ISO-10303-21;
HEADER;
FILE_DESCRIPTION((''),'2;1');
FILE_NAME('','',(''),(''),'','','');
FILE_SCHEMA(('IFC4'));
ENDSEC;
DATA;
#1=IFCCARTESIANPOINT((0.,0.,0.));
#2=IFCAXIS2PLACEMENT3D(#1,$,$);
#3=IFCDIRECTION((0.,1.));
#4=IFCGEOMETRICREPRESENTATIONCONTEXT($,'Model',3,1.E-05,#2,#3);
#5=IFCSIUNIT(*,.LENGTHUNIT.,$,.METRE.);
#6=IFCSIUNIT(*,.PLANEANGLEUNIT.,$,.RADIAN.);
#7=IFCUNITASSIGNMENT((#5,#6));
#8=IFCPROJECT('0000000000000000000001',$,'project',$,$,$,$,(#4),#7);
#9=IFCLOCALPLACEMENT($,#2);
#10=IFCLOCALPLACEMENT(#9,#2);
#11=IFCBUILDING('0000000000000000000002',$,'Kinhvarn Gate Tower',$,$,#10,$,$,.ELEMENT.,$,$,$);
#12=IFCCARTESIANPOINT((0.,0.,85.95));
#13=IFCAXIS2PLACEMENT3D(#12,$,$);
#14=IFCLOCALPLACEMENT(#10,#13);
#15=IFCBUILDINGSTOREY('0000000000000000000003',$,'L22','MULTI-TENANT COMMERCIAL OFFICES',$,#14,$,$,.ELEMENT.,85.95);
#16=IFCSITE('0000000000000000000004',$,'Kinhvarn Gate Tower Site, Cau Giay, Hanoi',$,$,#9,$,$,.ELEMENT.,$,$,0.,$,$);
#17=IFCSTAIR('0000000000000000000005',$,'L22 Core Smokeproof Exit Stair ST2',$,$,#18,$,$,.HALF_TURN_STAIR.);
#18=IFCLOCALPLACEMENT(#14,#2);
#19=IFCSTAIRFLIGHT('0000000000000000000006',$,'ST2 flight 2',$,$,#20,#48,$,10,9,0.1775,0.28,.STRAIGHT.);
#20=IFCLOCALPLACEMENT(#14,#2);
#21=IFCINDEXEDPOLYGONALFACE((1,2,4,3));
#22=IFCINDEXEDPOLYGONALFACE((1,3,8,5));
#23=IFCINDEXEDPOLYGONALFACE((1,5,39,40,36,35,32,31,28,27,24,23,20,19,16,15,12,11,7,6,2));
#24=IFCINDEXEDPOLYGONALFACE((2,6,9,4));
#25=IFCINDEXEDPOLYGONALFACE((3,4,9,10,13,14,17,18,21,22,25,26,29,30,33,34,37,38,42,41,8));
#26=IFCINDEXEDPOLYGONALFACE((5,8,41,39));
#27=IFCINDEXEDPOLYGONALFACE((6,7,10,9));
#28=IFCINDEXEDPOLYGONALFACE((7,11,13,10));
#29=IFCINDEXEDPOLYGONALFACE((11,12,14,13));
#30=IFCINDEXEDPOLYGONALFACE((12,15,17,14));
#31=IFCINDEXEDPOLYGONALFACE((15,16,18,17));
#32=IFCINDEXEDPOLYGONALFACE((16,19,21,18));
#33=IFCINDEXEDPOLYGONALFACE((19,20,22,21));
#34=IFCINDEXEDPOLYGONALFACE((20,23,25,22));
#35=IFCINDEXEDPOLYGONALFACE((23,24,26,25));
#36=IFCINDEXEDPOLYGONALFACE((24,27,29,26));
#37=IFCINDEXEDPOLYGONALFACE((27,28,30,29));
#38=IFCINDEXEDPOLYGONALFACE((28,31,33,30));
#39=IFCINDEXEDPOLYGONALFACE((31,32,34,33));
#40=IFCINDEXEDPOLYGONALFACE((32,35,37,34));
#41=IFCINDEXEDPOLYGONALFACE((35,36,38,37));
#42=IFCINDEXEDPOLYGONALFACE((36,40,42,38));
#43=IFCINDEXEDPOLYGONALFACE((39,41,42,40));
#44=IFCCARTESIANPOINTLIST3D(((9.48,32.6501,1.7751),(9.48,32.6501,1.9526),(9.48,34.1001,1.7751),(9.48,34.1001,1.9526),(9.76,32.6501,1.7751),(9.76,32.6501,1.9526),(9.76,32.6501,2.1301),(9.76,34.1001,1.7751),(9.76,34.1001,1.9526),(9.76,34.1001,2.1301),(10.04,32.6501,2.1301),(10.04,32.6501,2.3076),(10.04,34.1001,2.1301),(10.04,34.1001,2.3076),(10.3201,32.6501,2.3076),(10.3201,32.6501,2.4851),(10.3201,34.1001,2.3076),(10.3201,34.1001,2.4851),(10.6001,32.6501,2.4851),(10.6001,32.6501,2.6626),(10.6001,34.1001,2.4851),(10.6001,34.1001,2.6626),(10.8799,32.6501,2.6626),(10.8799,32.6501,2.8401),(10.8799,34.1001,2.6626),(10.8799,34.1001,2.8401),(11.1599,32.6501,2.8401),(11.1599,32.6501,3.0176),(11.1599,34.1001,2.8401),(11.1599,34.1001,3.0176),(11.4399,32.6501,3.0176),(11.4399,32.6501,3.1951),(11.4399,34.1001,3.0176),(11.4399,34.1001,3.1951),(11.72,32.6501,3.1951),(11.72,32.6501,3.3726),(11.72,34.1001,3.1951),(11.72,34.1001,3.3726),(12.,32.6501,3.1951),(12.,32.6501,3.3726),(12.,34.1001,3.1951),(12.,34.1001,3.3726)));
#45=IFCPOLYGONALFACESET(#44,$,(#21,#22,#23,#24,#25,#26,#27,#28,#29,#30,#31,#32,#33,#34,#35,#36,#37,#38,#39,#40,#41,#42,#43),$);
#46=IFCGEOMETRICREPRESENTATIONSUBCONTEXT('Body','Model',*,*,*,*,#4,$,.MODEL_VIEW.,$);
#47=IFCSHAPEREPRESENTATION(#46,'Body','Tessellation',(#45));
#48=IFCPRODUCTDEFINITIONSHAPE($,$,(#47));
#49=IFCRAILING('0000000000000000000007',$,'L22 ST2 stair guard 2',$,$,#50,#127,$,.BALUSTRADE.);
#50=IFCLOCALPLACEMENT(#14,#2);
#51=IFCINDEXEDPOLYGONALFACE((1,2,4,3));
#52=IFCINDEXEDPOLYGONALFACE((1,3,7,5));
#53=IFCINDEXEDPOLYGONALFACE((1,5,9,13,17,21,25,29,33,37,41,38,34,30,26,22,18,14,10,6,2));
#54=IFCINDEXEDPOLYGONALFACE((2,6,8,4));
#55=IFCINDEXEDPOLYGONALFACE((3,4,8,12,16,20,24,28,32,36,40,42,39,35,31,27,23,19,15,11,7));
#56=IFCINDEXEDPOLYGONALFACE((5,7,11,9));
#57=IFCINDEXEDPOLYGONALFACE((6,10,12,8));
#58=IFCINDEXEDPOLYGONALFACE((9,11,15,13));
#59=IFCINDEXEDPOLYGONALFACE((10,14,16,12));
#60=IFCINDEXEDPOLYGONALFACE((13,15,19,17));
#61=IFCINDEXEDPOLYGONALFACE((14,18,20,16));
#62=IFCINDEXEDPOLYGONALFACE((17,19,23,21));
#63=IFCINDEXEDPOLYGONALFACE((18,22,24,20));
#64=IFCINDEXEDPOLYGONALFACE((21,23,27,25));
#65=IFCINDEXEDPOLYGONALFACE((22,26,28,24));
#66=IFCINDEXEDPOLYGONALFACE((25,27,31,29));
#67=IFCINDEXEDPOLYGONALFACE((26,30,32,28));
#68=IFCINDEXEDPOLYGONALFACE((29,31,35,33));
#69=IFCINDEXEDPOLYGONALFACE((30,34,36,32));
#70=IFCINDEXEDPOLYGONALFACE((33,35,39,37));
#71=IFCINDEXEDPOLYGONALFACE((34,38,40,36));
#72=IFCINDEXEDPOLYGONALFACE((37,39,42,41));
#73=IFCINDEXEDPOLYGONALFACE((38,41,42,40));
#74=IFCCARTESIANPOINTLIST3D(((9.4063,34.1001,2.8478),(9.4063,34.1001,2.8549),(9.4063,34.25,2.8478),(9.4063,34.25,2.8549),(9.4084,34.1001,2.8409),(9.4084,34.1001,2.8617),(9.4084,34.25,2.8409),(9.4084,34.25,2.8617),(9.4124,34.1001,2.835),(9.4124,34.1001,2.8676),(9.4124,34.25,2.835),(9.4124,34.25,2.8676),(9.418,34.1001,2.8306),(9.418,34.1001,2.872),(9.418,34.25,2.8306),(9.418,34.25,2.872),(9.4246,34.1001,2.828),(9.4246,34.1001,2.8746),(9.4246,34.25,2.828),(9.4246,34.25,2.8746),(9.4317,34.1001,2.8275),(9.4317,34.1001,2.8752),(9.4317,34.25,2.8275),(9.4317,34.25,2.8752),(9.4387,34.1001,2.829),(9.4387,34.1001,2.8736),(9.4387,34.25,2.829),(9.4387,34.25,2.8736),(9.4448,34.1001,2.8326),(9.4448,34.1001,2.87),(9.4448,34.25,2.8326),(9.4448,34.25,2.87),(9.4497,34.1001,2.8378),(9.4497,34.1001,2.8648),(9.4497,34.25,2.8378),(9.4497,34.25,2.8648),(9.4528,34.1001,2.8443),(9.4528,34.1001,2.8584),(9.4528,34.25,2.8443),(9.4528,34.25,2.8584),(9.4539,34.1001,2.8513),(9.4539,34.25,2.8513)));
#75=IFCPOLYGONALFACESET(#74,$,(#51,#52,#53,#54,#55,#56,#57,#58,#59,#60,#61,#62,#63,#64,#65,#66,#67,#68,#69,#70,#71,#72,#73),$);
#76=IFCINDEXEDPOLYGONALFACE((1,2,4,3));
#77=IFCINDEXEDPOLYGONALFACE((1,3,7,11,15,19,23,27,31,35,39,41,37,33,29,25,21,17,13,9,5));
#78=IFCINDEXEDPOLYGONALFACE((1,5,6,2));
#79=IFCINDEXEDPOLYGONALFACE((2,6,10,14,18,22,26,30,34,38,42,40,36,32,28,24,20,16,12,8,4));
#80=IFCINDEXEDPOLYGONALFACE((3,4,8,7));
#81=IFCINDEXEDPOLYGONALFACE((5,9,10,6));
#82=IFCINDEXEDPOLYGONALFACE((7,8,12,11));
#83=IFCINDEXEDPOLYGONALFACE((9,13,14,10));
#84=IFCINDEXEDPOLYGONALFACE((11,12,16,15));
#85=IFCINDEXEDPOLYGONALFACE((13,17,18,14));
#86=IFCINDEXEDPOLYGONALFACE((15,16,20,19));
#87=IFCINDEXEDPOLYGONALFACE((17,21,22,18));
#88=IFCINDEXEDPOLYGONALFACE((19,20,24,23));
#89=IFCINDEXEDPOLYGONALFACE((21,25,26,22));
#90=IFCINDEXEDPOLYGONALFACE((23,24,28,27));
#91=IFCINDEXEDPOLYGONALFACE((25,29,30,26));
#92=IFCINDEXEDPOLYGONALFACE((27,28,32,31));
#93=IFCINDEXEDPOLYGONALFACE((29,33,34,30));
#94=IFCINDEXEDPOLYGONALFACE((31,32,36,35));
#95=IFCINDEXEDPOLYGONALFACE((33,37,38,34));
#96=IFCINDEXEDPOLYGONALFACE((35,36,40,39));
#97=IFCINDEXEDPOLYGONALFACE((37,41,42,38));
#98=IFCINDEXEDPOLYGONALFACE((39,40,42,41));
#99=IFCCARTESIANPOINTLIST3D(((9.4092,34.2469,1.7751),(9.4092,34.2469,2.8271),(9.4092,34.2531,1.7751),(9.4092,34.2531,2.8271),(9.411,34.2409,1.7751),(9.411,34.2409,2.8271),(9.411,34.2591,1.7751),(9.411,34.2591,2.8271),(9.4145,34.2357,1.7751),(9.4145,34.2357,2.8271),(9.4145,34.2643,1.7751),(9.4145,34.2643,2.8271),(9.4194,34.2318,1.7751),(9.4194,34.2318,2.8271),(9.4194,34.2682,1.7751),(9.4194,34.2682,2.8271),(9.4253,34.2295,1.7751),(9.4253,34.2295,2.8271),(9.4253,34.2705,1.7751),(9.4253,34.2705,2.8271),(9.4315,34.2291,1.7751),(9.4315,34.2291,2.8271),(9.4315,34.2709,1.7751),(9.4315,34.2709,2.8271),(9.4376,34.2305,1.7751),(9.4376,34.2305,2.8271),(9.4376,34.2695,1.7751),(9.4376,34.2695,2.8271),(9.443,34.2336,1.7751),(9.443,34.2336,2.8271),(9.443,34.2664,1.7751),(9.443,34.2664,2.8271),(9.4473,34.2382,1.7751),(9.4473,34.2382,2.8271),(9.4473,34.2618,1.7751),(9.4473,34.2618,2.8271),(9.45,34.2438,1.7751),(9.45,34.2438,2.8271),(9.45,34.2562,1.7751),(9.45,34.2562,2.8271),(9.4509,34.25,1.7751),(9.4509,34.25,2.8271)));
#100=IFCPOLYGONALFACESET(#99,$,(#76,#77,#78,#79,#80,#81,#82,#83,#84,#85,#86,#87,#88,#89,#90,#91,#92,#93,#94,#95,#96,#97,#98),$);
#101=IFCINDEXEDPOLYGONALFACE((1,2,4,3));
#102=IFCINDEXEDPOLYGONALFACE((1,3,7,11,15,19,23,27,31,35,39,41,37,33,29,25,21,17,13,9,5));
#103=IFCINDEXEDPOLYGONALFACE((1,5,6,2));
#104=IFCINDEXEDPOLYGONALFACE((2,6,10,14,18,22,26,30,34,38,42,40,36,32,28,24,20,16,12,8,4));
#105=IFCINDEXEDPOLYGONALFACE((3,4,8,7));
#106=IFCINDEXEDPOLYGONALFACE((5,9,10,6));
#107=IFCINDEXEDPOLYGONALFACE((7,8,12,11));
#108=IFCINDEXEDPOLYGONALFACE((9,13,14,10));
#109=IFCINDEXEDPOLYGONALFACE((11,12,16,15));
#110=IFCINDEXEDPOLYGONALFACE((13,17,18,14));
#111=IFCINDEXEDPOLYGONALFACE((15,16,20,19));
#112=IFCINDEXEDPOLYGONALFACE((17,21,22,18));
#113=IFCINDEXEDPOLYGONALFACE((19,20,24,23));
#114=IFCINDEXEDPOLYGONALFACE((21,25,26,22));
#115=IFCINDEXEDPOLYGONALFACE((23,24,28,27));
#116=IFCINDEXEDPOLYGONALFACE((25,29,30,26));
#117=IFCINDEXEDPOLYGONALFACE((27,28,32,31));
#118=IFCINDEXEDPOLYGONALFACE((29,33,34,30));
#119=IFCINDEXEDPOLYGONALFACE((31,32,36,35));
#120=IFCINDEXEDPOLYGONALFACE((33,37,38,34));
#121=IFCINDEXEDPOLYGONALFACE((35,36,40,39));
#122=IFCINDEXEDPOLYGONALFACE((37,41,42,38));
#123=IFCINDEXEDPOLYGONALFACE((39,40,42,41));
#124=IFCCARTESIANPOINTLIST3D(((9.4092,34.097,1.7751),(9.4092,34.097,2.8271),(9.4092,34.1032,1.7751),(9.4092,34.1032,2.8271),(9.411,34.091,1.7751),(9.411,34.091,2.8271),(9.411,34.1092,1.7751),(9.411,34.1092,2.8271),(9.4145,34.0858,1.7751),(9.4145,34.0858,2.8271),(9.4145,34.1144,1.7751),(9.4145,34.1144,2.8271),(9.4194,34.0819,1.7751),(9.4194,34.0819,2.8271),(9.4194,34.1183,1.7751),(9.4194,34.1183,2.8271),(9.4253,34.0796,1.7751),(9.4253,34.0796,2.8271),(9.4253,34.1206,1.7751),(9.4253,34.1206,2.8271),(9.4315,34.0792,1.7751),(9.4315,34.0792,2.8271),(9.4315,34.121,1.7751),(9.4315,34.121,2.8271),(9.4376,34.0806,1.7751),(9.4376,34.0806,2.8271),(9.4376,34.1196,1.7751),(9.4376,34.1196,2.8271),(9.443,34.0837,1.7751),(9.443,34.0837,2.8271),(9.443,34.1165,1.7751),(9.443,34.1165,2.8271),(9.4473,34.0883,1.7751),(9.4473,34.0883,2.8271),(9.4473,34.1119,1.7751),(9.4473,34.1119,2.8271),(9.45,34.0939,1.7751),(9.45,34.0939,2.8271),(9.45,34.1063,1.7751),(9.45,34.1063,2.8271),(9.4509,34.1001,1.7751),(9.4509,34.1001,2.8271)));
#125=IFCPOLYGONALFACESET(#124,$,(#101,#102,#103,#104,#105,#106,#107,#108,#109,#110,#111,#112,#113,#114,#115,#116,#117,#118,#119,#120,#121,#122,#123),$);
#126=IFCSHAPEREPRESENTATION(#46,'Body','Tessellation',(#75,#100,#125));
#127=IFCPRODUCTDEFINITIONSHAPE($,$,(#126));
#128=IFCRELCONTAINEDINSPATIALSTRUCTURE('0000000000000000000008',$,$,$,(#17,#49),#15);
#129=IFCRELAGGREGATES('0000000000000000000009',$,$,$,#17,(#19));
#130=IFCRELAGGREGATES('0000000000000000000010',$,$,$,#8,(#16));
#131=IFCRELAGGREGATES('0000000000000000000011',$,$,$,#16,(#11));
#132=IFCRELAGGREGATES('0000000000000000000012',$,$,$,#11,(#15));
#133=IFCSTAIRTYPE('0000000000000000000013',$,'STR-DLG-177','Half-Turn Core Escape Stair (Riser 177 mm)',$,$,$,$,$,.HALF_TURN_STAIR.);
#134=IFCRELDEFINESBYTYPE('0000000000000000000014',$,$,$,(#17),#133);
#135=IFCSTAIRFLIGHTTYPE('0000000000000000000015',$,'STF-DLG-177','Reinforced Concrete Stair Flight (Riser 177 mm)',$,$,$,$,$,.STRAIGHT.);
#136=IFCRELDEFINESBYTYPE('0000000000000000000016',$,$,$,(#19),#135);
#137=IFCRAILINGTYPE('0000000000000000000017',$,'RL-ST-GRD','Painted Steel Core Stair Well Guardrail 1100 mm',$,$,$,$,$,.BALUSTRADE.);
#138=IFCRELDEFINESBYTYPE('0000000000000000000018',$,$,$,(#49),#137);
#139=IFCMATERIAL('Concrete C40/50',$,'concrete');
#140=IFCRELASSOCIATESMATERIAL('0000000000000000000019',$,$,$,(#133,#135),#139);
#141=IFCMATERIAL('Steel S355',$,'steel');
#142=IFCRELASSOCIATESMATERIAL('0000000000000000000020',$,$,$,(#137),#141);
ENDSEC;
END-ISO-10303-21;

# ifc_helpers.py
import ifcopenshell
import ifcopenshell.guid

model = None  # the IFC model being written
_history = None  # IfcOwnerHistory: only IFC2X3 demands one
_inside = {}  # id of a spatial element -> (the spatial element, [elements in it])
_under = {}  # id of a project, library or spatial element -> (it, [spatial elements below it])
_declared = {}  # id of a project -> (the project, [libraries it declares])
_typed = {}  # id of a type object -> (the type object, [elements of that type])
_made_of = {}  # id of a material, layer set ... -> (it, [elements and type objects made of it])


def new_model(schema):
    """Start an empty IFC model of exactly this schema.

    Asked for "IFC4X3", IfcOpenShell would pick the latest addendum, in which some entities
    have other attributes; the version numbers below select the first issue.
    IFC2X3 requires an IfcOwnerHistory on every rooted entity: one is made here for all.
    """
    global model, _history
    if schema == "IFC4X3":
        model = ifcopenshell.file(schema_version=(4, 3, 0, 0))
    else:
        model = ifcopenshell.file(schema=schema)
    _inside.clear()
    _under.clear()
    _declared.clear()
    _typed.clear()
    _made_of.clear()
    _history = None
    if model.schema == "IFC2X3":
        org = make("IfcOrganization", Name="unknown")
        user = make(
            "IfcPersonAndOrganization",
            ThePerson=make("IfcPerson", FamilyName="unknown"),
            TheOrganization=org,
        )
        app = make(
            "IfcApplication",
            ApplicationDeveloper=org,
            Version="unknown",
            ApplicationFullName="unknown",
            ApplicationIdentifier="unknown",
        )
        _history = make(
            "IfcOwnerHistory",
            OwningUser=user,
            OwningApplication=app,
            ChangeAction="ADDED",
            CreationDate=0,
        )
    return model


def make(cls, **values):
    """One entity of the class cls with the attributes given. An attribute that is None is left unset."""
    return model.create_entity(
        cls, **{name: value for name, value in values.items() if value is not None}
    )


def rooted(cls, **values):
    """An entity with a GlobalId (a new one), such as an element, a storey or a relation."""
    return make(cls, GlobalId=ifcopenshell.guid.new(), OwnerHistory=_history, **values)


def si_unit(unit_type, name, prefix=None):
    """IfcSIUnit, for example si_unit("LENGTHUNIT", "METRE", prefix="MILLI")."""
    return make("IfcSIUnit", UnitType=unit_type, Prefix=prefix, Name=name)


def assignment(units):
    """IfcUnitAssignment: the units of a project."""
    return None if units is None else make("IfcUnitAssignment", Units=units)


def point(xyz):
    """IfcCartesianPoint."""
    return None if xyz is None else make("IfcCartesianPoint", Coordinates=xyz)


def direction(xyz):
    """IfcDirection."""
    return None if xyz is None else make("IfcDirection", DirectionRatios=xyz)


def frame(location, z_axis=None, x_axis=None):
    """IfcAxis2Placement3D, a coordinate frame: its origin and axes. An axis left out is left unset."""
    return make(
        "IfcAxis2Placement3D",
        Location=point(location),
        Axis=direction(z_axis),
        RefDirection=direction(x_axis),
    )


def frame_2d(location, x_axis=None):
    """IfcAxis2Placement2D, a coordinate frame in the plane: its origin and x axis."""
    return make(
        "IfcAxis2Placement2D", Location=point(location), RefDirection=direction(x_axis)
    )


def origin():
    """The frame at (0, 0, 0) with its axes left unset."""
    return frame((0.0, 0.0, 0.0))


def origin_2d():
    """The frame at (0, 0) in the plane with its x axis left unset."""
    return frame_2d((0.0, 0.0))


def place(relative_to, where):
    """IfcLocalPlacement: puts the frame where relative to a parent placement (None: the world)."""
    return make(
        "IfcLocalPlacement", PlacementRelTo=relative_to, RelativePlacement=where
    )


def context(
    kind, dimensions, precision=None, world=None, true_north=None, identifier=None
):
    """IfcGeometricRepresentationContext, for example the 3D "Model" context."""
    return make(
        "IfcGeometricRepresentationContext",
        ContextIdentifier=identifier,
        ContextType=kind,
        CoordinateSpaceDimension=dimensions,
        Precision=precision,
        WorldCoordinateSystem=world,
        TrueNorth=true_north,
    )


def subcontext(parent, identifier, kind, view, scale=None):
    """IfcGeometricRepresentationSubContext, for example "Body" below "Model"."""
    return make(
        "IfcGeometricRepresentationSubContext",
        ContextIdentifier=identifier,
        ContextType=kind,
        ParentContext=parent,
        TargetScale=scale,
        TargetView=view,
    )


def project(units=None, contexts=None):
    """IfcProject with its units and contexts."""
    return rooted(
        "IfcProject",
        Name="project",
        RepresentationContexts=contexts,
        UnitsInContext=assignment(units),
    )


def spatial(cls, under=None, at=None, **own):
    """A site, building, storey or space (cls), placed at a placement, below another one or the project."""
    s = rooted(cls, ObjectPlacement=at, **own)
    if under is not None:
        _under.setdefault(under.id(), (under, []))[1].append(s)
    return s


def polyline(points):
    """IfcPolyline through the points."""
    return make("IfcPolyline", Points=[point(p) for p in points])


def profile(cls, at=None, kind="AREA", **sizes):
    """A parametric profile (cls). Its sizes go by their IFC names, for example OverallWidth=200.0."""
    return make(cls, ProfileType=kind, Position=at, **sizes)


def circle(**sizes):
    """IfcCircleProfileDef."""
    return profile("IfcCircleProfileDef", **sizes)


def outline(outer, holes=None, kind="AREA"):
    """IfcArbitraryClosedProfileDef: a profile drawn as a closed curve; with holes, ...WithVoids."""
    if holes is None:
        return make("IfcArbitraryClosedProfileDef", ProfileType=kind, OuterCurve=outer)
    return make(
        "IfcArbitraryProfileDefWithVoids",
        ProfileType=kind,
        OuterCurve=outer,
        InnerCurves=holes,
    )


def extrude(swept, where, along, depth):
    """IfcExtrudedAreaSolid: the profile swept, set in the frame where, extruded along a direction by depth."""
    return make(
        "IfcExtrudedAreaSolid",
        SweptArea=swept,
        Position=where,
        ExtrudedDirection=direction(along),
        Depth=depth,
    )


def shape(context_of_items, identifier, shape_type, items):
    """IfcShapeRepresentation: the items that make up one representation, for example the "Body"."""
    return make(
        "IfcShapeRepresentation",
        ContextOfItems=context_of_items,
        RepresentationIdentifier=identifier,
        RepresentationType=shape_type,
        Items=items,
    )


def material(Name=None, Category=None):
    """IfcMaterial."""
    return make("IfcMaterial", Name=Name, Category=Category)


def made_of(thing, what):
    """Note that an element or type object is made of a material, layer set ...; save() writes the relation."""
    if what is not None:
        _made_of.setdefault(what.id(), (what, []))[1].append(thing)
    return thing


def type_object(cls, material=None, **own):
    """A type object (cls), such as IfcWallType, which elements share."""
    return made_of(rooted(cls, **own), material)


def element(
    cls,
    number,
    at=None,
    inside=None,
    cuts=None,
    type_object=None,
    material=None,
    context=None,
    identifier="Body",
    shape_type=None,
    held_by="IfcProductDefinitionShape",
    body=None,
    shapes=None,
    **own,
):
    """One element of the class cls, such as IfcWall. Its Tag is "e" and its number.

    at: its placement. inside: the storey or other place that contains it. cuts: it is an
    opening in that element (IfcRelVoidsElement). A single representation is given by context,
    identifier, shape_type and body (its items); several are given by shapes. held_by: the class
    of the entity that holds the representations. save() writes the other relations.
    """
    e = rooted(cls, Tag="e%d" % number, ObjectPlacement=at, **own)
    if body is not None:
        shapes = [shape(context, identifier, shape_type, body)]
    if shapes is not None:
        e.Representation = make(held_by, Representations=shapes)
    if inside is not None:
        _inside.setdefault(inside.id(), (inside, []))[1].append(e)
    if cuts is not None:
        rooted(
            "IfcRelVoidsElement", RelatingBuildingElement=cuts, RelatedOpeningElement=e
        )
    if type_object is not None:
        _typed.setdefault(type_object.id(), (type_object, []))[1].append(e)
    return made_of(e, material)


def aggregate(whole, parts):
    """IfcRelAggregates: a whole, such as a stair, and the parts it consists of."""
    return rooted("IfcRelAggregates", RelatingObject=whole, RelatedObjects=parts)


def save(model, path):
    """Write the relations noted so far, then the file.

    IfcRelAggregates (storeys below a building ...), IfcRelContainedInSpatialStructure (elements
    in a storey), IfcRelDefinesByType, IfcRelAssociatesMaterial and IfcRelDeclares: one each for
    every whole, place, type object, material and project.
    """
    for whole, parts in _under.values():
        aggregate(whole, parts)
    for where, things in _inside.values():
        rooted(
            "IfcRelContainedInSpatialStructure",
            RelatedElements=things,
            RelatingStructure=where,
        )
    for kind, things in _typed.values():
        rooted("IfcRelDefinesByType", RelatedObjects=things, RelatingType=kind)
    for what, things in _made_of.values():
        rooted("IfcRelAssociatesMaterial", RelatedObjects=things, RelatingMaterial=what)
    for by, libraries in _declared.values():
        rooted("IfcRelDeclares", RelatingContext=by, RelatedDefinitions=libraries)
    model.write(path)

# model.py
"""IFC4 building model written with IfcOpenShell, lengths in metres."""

from ifc_helpers import new_model, si_unit, direction, frame, origin, origin_2d, place, context, subcontext, project, spatial, polyline, circle, outline, extrude, material, type_object, element, aggregate, save


model = new_model("IFC4")

# Units and contexts
model_context = context("Model", 3, precision=1e-05, world=origin(), true_north=direction((0.0, 1.0)))
body_context = subcontext(model_context, "Body", "Model", "MODEL_VIEW")
ifc_project = project(units=[si_unit("LENGTHUNIT", "METRE"), si_unit("PLANEANGLEUNIT", "RADIAN")], contexts=[model_context])

# Site, building, storey
site_placement = place(None, origin())
site = spatial("IfcSite", under=ifc_project, at=site_placement, Name="Kinhvarn Gate Tower Site, Cau Giay, Hanoi", CompositionType="ELEMENT", RefElevation=0.0)
building_placement = place(site_placement, origin())
building = spatial("IfcBuilding", under=site, at=building_placement, Name="Kinhvarn Gate Tower", CompositionType="ELEMENT")
storey_placement = place(building_placement, frame((0.0, 0.0, 85.95)))
storey = spatial("IfcBuildingStorey", under=building, at=storey_placement, Name="L22", Description="MULTI-TENANT COMMERCIAL OFFICES", CompositionType="ELEMENT", Elevation=85.95)

# Shared definitions
ifc_material_1 = material(Name="Steel S355", Category="steel")

# Shared definitions
ifc_material_2 = material(Name="Concrete C40/50", Category="concrete")

# Stair, stair flight
stair_type = type_object("IfcStairType", Name="STR-DLG-177", Description="Half-Turn Core Escape Stair (Riser 177 mm)", PredefinedType="HALF_TURN_STAIR", material=ifc_material_2)
stair_placement = place(storey_placement, origin())
stair = element("IfcStair", 1, at=stair_placement, inside=storey, type_object=stair_type, Name="L22 Core Smokeproof Exit Stair ST2", PredefinedType="HALF_TURN_STAIR")
stair_flight_type = type_object("IfcStairFlightType", Name="STF-DLG-177", Description="Reinforced Concrete Stair Flight (Riser 177 mm)", PredefinedType="STRAIGHT", material=ifc_material_2)
stair_flight_placement = place(storey_placement, frame((9.48, 33.375, 1.7751), z_axis=(0.0, 0.0, 1.0), x_axis=(1.0, 0.0, 0.0)))
stair_flight = element("IfcStairFlight", 2, at=stair_flight_placement, type_object=stair_flight_type, Name="ST2 flight 2", NumberOfRisers=10, NumberOfTreads=9, PredefinedType="STRAIGHT", RiserHeight=0.1775, TreadLength=0.28, context=body_context, shape_type="SweptSolid", body=[
    extrude(outline(polyline([(0.0, 0.0), (0.0, 0.1775), (0.28, 0.1775), (0.28, 0.355), (0.5601, 0.355), (0.5601, 0.5325), (0.8401, 0.5325), (0.8401, 0.71), (1.1201, 0.71), (1.1201, 0.8875), (1.3999, 0.8875), (1.3999, 1.0649), (1.6799, 1.0649), (1.6799, 1.2424), (1.96, 1.2424), (1.96, 1.4199), (2.24, 1.4199), (2.24, 1.5974), (2.52, 1.5974), (2.52, 1.7749), (2.52, 1.4199), (0.28, 0.0), (0.0, 0.0)])), frame((0.0, 0.7251, 0.0), z_axis=(0.0, -1.0, 0.0), x_axis=(1.0, 0.0, 0.0)), (0.0, 0.0, 1.0), 1.45),
])
aggregate(stair, [stair_flight])

# Railing
railing_type_1 = type_object("IfcRailingType", Name="RL-ST-GRD", Description="Painted Steel Core Stair Well Guardrail 1100 mm", PredefinedType="BALUSTRADE", material=ifc_material_1)
railing_1_placement = place(storey_placement, frame((9.4299, 34.25, 1.7751)))
element("IfcRailing", 3, at=railing_1_placement, inside=storey, type_object=railing_type_1, Name="L22 ST2 stair guard 2", PredefinedType="BALUSTRADE", context=body_context, shape_type="SweptSolid", body=[
    extrude(circle(Radius=0.0239, at=origin_2d()), frame((0.0, 0.0, 1.0762), z_axis=(0.0, -1.0, 0.0), x_axis=(1.0, 0.0, 0.0)), (0.0, 0.0, 1.0), 0.1499),
    extrude(circle(Radius=0.021, at=origin_2d()), origin(), (0.0, 0.0, 1.0), 1.052),
    extrude(circle(Radius=0.021, at=origin_2d()), frame((0.0, -0.1499, 0.0)), (0.0, 0.0, 1.0), 1.052),
])

save(model, "model.ifc")
